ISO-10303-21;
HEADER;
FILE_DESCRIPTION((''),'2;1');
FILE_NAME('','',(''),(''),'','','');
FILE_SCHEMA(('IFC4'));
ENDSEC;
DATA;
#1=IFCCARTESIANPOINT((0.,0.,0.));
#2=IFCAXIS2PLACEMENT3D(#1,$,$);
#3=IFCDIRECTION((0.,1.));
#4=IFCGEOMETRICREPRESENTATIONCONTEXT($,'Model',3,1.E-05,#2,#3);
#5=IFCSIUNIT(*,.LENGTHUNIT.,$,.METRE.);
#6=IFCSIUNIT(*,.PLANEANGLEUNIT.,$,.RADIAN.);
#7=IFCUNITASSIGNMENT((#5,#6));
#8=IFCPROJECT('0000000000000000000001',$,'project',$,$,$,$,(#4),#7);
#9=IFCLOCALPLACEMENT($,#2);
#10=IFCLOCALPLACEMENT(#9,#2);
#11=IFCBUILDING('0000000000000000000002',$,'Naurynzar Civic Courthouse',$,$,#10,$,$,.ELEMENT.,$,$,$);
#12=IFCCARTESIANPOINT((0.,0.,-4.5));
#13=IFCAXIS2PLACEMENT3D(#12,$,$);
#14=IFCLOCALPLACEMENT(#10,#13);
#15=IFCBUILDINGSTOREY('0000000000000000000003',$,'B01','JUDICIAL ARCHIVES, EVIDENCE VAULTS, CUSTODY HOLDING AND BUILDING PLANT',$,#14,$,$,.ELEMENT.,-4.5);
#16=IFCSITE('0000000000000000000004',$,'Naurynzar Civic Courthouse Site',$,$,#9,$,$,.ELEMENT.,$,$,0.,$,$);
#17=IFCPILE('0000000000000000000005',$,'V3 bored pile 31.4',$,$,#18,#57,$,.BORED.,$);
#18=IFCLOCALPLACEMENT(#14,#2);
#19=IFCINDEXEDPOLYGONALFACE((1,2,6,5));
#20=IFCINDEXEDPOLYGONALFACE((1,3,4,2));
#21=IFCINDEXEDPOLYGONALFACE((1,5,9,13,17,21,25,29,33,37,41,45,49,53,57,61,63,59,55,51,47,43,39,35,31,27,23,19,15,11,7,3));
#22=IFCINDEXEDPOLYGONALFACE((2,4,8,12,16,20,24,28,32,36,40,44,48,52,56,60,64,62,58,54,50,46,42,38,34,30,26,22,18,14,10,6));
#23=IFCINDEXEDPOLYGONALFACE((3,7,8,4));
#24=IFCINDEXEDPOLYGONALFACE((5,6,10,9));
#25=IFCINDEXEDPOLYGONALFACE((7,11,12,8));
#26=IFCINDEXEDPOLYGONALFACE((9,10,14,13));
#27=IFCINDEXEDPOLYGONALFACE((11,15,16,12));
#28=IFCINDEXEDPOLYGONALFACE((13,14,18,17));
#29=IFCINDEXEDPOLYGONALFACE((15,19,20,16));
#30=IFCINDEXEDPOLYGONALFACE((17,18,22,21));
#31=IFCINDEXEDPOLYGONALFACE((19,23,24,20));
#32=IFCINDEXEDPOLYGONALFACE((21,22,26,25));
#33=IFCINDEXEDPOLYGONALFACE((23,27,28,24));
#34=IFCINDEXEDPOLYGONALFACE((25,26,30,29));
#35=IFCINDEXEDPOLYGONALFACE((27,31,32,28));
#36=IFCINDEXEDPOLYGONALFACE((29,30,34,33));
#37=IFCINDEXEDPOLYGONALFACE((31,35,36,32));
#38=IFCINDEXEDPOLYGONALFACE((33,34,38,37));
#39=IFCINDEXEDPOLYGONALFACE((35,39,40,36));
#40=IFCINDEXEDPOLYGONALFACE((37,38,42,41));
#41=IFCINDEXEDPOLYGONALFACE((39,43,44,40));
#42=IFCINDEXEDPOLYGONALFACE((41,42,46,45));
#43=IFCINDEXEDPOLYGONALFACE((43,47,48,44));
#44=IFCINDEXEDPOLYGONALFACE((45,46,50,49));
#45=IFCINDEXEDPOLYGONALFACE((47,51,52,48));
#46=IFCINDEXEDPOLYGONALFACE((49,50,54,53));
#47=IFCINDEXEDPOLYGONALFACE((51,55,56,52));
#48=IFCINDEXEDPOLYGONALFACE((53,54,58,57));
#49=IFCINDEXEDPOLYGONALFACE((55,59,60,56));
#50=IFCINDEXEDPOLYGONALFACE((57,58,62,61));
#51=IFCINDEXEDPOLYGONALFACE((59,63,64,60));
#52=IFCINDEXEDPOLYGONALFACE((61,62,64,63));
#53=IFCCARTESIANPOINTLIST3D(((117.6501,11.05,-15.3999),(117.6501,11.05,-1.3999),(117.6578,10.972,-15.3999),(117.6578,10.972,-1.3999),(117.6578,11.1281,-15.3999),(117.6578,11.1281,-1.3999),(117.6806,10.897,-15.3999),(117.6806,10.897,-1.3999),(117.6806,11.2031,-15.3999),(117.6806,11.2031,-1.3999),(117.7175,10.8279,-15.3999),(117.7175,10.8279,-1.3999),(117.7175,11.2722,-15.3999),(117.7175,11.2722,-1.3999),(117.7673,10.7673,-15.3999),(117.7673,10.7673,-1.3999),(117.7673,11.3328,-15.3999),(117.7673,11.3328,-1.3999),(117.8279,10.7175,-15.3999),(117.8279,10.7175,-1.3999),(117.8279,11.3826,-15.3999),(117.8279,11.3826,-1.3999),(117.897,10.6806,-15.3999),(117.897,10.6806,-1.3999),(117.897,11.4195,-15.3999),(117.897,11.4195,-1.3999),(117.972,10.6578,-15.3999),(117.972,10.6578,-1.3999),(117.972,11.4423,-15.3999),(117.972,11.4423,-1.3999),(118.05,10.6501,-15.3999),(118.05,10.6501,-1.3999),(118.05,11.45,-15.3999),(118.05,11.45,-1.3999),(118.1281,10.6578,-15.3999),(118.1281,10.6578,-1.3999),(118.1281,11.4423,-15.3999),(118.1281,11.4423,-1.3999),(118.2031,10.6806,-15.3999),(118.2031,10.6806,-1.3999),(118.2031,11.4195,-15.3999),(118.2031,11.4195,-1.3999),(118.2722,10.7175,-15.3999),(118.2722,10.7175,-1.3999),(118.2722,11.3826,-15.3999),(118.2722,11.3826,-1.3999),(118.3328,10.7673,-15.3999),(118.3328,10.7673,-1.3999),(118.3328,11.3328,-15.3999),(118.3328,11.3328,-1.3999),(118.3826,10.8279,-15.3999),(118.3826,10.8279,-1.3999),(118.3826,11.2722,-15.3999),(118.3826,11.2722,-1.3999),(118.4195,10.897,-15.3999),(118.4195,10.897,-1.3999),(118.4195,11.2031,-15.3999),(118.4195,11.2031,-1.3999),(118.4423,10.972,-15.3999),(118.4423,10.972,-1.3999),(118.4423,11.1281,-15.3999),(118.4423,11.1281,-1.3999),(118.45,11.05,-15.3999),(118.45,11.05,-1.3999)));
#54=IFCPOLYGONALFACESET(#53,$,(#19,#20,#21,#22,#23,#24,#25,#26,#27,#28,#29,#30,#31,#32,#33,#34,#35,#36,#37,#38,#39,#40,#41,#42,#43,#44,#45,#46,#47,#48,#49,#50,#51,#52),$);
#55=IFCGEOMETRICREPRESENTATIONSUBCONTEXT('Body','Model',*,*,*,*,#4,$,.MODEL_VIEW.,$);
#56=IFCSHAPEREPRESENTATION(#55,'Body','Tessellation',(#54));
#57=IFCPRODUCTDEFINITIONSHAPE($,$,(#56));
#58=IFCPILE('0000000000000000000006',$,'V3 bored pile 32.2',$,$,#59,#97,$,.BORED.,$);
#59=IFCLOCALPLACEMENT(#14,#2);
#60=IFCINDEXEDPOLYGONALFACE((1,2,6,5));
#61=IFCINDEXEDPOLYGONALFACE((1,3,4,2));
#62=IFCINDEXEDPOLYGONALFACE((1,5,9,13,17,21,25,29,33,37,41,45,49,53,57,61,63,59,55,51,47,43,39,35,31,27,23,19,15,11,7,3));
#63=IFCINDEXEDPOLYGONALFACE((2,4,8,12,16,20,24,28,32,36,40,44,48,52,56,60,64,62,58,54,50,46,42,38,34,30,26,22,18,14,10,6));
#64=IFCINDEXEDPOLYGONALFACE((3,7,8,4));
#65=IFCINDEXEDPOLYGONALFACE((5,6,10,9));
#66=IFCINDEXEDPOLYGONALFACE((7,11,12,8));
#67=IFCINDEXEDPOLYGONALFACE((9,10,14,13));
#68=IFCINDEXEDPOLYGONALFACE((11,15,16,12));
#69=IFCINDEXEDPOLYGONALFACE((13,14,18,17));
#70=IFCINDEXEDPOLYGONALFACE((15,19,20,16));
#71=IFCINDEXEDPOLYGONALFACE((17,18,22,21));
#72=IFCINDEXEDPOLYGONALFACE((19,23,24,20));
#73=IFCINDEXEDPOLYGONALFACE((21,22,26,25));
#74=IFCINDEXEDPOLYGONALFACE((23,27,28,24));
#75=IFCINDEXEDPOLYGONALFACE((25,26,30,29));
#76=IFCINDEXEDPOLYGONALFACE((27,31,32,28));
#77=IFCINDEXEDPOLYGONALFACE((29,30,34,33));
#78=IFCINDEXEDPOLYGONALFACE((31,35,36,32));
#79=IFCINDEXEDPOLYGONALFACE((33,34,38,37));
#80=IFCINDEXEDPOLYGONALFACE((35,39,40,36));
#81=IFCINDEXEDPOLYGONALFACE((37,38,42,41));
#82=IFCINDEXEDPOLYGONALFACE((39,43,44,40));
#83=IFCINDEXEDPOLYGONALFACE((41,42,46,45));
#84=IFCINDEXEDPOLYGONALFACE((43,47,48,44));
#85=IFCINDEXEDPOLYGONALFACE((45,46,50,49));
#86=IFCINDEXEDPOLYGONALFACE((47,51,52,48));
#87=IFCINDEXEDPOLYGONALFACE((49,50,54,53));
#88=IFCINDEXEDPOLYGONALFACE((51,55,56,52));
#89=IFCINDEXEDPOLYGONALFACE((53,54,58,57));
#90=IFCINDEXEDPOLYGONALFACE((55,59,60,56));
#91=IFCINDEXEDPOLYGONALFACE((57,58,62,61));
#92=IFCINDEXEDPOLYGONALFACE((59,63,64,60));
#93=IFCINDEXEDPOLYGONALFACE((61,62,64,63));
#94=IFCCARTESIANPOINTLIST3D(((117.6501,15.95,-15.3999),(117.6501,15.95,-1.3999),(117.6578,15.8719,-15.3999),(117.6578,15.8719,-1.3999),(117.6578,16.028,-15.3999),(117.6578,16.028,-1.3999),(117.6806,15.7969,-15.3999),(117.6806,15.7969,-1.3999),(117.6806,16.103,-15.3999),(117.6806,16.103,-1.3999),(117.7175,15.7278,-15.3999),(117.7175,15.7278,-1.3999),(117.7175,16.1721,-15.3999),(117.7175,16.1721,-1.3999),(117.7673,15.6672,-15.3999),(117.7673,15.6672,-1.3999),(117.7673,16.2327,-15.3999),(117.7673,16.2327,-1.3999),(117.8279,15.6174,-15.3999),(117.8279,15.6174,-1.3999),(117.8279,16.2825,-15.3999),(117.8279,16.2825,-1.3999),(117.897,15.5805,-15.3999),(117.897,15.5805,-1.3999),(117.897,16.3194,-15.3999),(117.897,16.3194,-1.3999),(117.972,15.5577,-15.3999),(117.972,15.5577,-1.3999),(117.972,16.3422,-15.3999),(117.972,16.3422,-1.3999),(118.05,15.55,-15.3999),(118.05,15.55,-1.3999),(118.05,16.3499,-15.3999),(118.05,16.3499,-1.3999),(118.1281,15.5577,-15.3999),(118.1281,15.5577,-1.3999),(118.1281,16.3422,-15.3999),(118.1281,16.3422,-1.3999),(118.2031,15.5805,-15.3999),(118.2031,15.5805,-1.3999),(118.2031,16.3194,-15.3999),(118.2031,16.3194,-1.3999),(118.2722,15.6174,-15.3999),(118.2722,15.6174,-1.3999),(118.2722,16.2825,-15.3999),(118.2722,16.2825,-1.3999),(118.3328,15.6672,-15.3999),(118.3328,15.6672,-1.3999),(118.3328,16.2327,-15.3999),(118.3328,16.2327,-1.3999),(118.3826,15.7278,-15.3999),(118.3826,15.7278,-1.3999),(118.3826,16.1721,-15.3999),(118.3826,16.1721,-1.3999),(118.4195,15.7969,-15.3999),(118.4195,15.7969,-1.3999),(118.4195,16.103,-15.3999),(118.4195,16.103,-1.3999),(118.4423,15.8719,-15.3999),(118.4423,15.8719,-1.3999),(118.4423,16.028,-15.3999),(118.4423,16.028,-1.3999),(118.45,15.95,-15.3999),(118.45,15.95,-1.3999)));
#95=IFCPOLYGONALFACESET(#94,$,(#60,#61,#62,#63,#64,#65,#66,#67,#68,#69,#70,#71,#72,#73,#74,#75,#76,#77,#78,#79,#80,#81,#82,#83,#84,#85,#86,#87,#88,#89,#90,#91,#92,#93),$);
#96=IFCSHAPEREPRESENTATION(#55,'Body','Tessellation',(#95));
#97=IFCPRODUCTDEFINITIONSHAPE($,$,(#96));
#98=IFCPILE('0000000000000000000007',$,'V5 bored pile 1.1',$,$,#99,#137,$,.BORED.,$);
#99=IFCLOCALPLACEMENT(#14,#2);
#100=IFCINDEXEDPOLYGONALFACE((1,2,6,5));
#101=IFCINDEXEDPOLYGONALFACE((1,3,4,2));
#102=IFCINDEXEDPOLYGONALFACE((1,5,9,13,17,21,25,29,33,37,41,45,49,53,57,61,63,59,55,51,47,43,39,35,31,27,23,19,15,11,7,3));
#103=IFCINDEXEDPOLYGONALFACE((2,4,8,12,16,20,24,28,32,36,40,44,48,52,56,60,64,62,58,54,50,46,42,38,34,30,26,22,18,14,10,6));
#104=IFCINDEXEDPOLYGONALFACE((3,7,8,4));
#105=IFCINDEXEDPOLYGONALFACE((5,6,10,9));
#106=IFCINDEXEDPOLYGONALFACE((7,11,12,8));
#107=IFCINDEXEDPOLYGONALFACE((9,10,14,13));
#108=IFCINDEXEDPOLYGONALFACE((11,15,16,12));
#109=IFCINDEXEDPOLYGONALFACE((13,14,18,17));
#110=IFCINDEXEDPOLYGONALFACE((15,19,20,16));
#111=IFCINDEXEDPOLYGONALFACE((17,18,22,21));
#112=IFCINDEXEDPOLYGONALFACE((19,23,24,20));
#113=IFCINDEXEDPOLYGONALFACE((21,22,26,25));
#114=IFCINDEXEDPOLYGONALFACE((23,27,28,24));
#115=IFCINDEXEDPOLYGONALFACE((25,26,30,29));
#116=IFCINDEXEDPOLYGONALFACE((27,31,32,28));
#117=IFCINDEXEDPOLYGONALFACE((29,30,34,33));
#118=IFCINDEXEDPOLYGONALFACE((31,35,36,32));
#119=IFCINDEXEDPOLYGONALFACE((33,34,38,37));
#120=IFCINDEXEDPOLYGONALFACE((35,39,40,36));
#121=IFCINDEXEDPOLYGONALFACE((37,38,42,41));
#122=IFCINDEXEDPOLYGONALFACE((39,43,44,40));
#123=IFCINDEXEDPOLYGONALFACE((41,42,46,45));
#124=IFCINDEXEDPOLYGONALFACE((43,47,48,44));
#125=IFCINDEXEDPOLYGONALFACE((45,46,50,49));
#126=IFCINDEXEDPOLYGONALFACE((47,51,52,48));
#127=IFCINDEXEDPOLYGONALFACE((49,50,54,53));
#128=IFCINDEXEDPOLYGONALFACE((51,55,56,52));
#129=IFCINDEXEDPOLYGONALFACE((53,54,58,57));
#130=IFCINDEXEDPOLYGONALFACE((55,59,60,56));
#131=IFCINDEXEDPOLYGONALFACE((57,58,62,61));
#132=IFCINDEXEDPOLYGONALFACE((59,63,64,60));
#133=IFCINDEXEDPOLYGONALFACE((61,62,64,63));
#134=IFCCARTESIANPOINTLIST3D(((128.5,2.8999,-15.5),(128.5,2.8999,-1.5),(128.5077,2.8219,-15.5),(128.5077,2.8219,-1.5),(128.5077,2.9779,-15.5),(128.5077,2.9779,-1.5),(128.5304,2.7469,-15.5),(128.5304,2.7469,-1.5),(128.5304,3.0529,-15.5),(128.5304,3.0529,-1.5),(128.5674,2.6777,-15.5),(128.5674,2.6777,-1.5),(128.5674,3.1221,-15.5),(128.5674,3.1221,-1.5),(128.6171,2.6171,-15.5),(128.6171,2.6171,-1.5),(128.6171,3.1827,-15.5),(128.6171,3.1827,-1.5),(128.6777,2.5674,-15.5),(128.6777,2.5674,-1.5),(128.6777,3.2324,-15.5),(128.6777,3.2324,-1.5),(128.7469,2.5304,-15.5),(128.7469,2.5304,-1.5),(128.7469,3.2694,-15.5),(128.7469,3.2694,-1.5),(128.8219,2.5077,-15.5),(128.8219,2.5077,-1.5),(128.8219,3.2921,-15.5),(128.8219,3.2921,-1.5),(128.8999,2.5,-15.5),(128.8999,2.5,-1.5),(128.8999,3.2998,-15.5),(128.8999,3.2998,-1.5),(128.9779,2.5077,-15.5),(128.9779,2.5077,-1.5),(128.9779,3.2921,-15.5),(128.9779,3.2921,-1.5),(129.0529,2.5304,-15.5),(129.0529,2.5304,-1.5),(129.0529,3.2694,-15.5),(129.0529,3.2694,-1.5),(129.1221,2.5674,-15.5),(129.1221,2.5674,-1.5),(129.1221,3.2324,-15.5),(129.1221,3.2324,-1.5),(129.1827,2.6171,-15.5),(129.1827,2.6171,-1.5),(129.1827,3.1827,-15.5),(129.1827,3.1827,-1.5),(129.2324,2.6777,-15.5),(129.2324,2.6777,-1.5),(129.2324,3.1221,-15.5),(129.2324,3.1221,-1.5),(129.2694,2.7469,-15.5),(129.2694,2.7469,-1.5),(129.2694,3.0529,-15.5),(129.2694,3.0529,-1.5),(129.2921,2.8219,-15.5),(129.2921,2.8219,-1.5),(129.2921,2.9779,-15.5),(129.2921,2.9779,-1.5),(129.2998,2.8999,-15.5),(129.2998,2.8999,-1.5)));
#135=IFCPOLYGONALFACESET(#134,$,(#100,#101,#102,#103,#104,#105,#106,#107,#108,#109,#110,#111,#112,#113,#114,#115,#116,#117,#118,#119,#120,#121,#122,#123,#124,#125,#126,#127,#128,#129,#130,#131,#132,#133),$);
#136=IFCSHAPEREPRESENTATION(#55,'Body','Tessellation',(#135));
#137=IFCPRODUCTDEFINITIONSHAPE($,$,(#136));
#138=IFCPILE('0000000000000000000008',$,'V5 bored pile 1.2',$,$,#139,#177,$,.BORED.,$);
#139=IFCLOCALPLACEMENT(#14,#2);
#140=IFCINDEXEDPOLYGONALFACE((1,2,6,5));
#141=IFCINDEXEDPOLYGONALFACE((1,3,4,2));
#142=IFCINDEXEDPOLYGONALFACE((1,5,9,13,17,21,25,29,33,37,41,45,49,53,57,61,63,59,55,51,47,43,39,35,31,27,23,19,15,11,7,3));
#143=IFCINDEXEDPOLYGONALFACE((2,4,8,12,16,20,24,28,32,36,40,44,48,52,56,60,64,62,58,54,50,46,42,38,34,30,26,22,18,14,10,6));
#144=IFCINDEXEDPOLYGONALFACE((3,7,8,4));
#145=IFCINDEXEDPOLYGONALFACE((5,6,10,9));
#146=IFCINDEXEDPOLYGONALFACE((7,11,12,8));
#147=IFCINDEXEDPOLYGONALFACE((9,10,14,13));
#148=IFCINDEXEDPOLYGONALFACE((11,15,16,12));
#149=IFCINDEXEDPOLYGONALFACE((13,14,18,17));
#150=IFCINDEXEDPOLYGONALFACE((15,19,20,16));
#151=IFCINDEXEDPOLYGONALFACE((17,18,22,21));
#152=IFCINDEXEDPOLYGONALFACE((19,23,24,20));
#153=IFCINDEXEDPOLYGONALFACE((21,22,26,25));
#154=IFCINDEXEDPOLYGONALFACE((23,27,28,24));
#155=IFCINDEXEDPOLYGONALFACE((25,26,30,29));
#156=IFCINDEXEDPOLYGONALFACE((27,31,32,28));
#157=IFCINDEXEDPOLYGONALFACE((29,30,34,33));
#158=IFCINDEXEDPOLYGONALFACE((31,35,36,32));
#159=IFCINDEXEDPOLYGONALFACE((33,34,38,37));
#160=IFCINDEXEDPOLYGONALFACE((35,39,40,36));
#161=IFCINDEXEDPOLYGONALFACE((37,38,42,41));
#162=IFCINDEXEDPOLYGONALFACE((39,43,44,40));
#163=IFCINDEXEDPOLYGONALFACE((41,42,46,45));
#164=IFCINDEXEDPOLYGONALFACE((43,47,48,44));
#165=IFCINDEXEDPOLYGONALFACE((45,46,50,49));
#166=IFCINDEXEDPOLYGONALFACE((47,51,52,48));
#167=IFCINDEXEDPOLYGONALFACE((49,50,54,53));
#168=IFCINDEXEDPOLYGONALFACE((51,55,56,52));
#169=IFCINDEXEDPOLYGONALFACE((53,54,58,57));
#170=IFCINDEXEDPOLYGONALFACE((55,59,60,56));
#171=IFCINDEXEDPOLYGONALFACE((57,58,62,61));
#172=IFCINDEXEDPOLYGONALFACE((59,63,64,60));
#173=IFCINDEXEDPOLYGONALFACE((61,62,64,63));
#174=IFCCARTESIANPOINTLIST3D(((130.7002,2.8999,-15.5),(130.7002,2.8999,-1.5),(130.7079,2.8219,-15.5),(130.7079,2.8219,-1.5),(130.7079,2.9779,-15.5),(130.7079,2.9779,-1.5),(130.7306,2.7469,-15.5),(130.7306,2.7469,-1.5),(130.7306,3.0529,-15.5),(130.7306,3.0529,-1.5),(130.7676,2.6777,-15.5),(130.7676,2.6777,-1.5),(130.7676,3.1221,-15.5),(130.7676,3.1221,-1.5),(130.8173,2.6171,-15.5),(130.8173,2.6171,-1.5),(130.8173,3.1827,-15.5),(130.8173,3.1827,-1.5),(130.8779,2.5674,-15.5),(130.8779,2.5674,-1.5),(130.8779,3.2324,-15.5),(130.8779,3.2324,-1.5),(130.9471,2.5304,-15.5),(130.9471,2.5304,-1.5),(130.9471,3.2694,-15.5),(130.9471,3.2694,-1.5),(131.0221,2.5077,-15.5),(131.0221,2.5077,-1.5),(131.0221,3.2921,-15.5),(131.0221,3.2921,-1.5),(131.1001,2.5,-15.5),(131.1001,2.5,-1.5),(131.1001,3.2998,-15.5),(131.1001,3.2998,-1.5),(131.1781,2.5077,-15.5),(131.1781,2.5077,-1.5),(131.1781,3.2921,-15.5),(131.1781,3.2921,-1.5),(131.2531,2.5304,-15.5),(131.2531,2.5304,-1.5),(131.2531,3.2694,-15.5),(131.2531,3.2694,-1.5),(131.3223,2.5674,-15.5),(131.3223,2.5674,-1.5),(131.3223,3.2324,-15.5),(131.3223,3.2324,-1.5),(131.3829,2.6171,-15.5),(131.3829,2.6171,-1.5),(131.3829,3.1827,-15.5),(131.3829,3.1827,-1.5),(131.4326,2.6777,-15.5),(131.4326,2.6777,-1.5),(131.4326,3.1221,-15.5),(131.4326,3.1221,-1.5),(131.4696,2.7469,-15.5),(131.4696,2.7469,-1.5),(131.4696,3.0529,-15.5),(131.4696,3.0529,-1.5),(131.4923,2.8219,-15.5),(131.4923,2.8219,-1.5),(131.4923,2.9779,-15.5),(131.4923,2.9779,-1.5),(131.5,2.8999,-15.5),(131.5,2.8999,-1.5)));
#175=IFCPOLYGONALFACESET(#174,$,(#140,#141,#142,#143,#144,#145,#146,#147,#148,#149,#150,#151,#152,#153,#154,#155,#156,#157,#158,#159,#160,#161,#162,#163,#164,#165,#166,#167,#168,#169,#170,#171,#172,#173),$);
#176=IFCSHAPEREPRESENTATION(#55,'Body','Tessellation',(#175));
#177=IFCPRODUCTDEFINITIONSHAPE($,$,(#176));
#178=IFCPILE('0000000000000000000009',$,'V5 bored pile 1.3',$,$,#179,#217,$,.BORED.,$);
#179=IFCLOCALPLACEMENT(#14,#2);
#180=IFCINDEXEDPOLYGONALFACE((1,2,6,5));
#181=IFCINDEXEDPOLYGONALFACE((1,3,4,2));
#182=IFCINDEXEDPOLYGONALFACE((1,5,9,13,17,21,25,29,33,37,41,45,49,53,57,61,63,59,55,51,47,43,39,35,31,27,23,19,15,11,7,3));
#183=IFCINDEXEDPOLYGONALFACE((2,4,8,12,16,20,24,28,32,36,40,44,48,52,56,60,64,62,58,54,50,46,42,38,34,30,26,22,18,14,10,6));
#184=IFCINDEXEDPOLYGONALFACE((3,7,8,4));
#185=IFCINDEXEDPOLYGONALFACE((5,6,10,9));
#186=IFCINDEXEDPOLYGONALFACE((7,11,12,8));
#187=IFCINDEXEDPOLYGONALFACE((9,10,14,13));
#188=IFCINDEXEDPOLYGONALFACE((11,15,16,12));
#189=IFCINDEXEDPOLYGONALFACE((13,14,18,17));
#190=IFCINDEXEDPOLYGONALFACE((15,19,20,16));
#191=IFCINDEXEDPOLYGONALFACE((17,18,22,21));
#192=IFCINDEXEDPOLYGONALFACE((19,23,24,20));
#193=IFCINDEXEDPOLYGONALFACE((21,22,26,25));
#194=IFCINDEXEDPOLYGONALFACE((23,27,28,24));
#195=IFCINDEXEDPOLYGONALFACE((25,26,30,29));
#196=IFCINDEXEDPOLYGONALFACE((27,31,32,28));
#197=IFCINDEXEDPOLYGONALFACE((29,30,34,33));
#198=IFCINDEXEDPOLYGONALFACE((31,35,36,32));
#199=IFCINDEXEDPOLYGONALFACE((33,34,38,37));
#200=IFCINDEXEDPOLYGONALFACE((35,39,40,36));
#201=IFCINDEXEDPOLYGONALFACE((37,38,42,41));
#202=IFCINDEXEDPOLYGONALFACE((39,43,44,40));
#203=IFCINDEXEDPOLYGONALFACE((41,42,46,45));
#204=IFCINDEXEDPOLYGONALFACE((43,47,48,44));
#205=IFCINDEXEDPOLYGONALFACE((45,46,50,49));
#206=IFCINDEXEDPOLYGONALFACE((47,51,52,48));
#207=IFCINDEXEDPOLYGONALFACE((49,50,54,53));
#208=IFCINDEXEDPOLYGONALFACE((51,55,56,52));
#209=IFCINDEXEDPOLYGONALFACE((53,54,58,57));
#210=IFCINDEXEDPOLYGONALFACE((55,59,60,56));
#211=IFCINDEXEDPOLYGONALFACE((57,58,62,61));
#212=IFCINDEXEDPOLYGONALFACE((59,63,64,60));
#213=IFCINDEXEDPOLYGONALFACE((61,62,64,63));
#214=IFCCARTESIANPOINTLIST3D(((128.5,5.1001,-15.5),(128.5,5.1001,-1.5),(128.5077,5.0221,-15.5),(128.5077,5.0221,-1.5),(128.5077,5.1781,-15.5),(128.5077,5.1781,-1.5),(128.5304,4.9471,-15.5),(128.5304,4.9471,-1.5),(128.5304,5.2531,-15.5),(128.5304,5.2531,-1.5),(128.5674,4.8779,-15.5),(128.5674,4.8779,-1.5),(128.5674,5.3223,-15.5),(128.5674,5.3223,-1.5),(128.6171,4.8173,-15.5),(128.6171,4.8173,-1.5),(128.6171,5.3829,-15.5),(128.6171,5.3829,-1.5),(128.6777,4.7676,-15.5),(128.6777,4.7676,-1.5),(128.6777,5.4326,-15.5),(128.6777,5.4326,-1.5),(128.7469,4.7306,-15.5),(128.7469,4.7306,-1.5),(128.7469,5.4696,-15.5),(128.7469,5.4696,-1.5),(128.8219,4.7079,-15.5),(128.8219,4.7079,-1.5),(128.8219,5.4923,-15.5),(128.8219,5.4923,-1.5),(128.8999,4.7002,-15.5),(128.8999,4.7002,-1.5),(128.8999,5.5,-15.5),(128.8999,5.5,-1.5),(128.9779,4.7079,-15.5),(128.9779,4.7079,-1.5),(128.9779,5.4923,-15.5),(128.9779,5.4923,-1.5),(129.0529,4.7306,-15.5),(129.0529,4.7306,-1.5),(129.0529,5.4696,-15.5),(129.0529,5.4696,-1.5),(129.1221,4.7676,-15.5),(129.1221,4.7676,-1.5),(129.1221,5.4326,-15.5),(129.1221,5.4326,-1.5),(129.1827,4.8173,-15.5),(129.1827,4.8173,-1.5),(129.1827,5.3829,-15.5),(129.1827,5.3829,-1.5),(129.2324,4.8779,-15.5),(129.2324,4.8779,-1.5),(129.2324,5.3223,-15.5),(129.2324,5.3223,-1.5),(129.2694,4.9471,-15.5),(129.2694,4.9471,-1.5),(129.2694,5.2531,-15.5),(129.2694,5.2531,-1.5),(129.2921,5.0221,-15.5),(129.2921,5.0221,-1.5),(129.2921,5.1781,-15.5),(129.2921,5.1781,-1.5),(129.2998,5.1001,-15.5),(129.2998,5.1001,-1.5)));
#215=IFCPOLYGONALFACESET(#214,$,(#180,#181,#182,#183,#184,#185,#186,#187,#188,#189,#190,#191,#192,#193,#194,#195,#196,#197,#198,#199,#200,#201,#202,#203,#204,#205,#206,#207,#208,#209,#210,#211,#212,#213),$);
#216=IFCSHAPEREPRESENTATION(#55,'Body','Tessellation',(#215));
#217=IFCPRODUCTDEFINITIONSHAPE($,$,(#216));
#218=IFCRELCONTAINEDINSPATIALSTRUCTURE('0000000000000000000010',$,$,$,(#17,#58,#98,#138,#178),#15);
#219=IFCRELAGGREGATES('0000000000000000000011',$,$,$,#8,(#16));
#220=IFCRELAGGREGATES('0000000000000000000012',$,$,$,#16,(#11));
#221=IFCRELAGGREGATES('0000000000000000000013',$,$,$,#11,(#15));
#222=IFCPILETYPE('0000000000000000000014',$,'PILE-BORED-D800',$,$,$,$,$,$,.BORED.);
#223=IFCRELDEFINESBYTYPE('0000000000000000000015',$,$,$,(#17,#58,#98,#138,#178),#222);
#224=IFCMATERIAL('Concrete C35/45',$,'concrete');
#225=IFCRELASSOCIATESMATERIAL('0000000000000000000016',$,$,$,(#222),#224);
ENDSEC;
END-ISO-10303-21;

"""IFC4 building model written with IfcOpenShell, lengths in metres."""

from ifc_helpers import new_model, si_unit, direction, frame, origin, origin_2d, place, context, subcontext, project, spatial, circle, extrude, material, material_profile, profile_set, type_object, element, save


model = new_model("IFC4")

# Units and contexts
model_context = context("Model", 3, precision=1e-05, world=origin(), true_north=direction((0.0, 1.0)))
body_context = subcontext(model_context, "Body", "Model", "MODEL_VIEW")
ifc_project = project(units=[si_unit("LENGTHUNIT", "METRE"), si_unit("PLANEANGLEUNIT", "RADIAN")], contexts=[model_context])

# Site, building, storey
site_placement = place(None, origin())
site = spatial("IfcSite", under=ifc_project, at=site_placement, Name="Naurynzar Civic Courthouse Site", CompositionType="ELEMENT", RefElevation=0.0)
building_placement = place(site_placement, origin())
building = spatial("IfcBuilding", under=site, at=building_placement, Name="Naurynzar Civic Courthouse", CompositionType="ELEMENT")
storey_placement = place(building_placement, frame((0.0, 0.0, -4.5)))
storey = spatial("IfcBuildingStorey", under=building, at=storey_placement, Name="B01", Description="JUDICIAL ARCHIVES, EVIDENCE VAULTS, CUSTODY HOLDING AND BUILDING PLANT", CompositionType="ELEMENT", Elevation=-4.5)

# Piles
ifc_material_1 = material(Name="Concrete C35/45", Category="concrete")
ifc_material_profile_1 = material_profile(ifc_material_1, circle(Radius=0.3999, at=origin_2d()), Name="PILE D800")
ifc_profile_set_1 = profile_set([ifc_material_profile_1], Name="Concrete C35/45")
pile_type = type_object("IfcPileType", Name="PILE-BORED-D800", PredefinedType="BORED", material=ifc_profile_set_1)
for number, where, z_axis, x_axis, name in (
    (1, (118.05, 11.05, -1.3999), (0.0, 0.0, -1.0), (1.0, 0.0, 0.0), "V3 bored pile 31.4"),
    (2, (118.05, 15.95, -1.3999), (0.0, 0.0, -1.0), (1.0, 0.0, 0.0), "V3 bored pile 32.2"),
    (3, (128.8999, 2.8999, -1.5), (0.0, 0.0, -1.0), (1.0, 0.0, 0.0), "V5 bored pile 1.1"),
    (4, (131.1001, 2.8999, -1.5), (0.0, 0.0, -1.0), (1.0, 0.0, 0.0), "V5 bored pile 1.2"),
    (5, (128.8999, 5.1001, -1.5), (0.0, 0.0, -1.0), (1.0, 0.0, 0.0), "V5 bored pile 1.3"),
):
    element("IfcPile", number, at=place(storey_placement, frame(where, z_axis=z_axis, x_axis=x_axis)), inside=storey, type_object=pile_type, Name=name, PredefinedType="BORED", context=body_context, shape_type="SweptSolid", body=[
        extrude(circle(Radius=0.3999, at=origin_2d()), origin(), (0.0, 0.0, 1.0), 14.0),
    ])

save(model, "model.ifc")
